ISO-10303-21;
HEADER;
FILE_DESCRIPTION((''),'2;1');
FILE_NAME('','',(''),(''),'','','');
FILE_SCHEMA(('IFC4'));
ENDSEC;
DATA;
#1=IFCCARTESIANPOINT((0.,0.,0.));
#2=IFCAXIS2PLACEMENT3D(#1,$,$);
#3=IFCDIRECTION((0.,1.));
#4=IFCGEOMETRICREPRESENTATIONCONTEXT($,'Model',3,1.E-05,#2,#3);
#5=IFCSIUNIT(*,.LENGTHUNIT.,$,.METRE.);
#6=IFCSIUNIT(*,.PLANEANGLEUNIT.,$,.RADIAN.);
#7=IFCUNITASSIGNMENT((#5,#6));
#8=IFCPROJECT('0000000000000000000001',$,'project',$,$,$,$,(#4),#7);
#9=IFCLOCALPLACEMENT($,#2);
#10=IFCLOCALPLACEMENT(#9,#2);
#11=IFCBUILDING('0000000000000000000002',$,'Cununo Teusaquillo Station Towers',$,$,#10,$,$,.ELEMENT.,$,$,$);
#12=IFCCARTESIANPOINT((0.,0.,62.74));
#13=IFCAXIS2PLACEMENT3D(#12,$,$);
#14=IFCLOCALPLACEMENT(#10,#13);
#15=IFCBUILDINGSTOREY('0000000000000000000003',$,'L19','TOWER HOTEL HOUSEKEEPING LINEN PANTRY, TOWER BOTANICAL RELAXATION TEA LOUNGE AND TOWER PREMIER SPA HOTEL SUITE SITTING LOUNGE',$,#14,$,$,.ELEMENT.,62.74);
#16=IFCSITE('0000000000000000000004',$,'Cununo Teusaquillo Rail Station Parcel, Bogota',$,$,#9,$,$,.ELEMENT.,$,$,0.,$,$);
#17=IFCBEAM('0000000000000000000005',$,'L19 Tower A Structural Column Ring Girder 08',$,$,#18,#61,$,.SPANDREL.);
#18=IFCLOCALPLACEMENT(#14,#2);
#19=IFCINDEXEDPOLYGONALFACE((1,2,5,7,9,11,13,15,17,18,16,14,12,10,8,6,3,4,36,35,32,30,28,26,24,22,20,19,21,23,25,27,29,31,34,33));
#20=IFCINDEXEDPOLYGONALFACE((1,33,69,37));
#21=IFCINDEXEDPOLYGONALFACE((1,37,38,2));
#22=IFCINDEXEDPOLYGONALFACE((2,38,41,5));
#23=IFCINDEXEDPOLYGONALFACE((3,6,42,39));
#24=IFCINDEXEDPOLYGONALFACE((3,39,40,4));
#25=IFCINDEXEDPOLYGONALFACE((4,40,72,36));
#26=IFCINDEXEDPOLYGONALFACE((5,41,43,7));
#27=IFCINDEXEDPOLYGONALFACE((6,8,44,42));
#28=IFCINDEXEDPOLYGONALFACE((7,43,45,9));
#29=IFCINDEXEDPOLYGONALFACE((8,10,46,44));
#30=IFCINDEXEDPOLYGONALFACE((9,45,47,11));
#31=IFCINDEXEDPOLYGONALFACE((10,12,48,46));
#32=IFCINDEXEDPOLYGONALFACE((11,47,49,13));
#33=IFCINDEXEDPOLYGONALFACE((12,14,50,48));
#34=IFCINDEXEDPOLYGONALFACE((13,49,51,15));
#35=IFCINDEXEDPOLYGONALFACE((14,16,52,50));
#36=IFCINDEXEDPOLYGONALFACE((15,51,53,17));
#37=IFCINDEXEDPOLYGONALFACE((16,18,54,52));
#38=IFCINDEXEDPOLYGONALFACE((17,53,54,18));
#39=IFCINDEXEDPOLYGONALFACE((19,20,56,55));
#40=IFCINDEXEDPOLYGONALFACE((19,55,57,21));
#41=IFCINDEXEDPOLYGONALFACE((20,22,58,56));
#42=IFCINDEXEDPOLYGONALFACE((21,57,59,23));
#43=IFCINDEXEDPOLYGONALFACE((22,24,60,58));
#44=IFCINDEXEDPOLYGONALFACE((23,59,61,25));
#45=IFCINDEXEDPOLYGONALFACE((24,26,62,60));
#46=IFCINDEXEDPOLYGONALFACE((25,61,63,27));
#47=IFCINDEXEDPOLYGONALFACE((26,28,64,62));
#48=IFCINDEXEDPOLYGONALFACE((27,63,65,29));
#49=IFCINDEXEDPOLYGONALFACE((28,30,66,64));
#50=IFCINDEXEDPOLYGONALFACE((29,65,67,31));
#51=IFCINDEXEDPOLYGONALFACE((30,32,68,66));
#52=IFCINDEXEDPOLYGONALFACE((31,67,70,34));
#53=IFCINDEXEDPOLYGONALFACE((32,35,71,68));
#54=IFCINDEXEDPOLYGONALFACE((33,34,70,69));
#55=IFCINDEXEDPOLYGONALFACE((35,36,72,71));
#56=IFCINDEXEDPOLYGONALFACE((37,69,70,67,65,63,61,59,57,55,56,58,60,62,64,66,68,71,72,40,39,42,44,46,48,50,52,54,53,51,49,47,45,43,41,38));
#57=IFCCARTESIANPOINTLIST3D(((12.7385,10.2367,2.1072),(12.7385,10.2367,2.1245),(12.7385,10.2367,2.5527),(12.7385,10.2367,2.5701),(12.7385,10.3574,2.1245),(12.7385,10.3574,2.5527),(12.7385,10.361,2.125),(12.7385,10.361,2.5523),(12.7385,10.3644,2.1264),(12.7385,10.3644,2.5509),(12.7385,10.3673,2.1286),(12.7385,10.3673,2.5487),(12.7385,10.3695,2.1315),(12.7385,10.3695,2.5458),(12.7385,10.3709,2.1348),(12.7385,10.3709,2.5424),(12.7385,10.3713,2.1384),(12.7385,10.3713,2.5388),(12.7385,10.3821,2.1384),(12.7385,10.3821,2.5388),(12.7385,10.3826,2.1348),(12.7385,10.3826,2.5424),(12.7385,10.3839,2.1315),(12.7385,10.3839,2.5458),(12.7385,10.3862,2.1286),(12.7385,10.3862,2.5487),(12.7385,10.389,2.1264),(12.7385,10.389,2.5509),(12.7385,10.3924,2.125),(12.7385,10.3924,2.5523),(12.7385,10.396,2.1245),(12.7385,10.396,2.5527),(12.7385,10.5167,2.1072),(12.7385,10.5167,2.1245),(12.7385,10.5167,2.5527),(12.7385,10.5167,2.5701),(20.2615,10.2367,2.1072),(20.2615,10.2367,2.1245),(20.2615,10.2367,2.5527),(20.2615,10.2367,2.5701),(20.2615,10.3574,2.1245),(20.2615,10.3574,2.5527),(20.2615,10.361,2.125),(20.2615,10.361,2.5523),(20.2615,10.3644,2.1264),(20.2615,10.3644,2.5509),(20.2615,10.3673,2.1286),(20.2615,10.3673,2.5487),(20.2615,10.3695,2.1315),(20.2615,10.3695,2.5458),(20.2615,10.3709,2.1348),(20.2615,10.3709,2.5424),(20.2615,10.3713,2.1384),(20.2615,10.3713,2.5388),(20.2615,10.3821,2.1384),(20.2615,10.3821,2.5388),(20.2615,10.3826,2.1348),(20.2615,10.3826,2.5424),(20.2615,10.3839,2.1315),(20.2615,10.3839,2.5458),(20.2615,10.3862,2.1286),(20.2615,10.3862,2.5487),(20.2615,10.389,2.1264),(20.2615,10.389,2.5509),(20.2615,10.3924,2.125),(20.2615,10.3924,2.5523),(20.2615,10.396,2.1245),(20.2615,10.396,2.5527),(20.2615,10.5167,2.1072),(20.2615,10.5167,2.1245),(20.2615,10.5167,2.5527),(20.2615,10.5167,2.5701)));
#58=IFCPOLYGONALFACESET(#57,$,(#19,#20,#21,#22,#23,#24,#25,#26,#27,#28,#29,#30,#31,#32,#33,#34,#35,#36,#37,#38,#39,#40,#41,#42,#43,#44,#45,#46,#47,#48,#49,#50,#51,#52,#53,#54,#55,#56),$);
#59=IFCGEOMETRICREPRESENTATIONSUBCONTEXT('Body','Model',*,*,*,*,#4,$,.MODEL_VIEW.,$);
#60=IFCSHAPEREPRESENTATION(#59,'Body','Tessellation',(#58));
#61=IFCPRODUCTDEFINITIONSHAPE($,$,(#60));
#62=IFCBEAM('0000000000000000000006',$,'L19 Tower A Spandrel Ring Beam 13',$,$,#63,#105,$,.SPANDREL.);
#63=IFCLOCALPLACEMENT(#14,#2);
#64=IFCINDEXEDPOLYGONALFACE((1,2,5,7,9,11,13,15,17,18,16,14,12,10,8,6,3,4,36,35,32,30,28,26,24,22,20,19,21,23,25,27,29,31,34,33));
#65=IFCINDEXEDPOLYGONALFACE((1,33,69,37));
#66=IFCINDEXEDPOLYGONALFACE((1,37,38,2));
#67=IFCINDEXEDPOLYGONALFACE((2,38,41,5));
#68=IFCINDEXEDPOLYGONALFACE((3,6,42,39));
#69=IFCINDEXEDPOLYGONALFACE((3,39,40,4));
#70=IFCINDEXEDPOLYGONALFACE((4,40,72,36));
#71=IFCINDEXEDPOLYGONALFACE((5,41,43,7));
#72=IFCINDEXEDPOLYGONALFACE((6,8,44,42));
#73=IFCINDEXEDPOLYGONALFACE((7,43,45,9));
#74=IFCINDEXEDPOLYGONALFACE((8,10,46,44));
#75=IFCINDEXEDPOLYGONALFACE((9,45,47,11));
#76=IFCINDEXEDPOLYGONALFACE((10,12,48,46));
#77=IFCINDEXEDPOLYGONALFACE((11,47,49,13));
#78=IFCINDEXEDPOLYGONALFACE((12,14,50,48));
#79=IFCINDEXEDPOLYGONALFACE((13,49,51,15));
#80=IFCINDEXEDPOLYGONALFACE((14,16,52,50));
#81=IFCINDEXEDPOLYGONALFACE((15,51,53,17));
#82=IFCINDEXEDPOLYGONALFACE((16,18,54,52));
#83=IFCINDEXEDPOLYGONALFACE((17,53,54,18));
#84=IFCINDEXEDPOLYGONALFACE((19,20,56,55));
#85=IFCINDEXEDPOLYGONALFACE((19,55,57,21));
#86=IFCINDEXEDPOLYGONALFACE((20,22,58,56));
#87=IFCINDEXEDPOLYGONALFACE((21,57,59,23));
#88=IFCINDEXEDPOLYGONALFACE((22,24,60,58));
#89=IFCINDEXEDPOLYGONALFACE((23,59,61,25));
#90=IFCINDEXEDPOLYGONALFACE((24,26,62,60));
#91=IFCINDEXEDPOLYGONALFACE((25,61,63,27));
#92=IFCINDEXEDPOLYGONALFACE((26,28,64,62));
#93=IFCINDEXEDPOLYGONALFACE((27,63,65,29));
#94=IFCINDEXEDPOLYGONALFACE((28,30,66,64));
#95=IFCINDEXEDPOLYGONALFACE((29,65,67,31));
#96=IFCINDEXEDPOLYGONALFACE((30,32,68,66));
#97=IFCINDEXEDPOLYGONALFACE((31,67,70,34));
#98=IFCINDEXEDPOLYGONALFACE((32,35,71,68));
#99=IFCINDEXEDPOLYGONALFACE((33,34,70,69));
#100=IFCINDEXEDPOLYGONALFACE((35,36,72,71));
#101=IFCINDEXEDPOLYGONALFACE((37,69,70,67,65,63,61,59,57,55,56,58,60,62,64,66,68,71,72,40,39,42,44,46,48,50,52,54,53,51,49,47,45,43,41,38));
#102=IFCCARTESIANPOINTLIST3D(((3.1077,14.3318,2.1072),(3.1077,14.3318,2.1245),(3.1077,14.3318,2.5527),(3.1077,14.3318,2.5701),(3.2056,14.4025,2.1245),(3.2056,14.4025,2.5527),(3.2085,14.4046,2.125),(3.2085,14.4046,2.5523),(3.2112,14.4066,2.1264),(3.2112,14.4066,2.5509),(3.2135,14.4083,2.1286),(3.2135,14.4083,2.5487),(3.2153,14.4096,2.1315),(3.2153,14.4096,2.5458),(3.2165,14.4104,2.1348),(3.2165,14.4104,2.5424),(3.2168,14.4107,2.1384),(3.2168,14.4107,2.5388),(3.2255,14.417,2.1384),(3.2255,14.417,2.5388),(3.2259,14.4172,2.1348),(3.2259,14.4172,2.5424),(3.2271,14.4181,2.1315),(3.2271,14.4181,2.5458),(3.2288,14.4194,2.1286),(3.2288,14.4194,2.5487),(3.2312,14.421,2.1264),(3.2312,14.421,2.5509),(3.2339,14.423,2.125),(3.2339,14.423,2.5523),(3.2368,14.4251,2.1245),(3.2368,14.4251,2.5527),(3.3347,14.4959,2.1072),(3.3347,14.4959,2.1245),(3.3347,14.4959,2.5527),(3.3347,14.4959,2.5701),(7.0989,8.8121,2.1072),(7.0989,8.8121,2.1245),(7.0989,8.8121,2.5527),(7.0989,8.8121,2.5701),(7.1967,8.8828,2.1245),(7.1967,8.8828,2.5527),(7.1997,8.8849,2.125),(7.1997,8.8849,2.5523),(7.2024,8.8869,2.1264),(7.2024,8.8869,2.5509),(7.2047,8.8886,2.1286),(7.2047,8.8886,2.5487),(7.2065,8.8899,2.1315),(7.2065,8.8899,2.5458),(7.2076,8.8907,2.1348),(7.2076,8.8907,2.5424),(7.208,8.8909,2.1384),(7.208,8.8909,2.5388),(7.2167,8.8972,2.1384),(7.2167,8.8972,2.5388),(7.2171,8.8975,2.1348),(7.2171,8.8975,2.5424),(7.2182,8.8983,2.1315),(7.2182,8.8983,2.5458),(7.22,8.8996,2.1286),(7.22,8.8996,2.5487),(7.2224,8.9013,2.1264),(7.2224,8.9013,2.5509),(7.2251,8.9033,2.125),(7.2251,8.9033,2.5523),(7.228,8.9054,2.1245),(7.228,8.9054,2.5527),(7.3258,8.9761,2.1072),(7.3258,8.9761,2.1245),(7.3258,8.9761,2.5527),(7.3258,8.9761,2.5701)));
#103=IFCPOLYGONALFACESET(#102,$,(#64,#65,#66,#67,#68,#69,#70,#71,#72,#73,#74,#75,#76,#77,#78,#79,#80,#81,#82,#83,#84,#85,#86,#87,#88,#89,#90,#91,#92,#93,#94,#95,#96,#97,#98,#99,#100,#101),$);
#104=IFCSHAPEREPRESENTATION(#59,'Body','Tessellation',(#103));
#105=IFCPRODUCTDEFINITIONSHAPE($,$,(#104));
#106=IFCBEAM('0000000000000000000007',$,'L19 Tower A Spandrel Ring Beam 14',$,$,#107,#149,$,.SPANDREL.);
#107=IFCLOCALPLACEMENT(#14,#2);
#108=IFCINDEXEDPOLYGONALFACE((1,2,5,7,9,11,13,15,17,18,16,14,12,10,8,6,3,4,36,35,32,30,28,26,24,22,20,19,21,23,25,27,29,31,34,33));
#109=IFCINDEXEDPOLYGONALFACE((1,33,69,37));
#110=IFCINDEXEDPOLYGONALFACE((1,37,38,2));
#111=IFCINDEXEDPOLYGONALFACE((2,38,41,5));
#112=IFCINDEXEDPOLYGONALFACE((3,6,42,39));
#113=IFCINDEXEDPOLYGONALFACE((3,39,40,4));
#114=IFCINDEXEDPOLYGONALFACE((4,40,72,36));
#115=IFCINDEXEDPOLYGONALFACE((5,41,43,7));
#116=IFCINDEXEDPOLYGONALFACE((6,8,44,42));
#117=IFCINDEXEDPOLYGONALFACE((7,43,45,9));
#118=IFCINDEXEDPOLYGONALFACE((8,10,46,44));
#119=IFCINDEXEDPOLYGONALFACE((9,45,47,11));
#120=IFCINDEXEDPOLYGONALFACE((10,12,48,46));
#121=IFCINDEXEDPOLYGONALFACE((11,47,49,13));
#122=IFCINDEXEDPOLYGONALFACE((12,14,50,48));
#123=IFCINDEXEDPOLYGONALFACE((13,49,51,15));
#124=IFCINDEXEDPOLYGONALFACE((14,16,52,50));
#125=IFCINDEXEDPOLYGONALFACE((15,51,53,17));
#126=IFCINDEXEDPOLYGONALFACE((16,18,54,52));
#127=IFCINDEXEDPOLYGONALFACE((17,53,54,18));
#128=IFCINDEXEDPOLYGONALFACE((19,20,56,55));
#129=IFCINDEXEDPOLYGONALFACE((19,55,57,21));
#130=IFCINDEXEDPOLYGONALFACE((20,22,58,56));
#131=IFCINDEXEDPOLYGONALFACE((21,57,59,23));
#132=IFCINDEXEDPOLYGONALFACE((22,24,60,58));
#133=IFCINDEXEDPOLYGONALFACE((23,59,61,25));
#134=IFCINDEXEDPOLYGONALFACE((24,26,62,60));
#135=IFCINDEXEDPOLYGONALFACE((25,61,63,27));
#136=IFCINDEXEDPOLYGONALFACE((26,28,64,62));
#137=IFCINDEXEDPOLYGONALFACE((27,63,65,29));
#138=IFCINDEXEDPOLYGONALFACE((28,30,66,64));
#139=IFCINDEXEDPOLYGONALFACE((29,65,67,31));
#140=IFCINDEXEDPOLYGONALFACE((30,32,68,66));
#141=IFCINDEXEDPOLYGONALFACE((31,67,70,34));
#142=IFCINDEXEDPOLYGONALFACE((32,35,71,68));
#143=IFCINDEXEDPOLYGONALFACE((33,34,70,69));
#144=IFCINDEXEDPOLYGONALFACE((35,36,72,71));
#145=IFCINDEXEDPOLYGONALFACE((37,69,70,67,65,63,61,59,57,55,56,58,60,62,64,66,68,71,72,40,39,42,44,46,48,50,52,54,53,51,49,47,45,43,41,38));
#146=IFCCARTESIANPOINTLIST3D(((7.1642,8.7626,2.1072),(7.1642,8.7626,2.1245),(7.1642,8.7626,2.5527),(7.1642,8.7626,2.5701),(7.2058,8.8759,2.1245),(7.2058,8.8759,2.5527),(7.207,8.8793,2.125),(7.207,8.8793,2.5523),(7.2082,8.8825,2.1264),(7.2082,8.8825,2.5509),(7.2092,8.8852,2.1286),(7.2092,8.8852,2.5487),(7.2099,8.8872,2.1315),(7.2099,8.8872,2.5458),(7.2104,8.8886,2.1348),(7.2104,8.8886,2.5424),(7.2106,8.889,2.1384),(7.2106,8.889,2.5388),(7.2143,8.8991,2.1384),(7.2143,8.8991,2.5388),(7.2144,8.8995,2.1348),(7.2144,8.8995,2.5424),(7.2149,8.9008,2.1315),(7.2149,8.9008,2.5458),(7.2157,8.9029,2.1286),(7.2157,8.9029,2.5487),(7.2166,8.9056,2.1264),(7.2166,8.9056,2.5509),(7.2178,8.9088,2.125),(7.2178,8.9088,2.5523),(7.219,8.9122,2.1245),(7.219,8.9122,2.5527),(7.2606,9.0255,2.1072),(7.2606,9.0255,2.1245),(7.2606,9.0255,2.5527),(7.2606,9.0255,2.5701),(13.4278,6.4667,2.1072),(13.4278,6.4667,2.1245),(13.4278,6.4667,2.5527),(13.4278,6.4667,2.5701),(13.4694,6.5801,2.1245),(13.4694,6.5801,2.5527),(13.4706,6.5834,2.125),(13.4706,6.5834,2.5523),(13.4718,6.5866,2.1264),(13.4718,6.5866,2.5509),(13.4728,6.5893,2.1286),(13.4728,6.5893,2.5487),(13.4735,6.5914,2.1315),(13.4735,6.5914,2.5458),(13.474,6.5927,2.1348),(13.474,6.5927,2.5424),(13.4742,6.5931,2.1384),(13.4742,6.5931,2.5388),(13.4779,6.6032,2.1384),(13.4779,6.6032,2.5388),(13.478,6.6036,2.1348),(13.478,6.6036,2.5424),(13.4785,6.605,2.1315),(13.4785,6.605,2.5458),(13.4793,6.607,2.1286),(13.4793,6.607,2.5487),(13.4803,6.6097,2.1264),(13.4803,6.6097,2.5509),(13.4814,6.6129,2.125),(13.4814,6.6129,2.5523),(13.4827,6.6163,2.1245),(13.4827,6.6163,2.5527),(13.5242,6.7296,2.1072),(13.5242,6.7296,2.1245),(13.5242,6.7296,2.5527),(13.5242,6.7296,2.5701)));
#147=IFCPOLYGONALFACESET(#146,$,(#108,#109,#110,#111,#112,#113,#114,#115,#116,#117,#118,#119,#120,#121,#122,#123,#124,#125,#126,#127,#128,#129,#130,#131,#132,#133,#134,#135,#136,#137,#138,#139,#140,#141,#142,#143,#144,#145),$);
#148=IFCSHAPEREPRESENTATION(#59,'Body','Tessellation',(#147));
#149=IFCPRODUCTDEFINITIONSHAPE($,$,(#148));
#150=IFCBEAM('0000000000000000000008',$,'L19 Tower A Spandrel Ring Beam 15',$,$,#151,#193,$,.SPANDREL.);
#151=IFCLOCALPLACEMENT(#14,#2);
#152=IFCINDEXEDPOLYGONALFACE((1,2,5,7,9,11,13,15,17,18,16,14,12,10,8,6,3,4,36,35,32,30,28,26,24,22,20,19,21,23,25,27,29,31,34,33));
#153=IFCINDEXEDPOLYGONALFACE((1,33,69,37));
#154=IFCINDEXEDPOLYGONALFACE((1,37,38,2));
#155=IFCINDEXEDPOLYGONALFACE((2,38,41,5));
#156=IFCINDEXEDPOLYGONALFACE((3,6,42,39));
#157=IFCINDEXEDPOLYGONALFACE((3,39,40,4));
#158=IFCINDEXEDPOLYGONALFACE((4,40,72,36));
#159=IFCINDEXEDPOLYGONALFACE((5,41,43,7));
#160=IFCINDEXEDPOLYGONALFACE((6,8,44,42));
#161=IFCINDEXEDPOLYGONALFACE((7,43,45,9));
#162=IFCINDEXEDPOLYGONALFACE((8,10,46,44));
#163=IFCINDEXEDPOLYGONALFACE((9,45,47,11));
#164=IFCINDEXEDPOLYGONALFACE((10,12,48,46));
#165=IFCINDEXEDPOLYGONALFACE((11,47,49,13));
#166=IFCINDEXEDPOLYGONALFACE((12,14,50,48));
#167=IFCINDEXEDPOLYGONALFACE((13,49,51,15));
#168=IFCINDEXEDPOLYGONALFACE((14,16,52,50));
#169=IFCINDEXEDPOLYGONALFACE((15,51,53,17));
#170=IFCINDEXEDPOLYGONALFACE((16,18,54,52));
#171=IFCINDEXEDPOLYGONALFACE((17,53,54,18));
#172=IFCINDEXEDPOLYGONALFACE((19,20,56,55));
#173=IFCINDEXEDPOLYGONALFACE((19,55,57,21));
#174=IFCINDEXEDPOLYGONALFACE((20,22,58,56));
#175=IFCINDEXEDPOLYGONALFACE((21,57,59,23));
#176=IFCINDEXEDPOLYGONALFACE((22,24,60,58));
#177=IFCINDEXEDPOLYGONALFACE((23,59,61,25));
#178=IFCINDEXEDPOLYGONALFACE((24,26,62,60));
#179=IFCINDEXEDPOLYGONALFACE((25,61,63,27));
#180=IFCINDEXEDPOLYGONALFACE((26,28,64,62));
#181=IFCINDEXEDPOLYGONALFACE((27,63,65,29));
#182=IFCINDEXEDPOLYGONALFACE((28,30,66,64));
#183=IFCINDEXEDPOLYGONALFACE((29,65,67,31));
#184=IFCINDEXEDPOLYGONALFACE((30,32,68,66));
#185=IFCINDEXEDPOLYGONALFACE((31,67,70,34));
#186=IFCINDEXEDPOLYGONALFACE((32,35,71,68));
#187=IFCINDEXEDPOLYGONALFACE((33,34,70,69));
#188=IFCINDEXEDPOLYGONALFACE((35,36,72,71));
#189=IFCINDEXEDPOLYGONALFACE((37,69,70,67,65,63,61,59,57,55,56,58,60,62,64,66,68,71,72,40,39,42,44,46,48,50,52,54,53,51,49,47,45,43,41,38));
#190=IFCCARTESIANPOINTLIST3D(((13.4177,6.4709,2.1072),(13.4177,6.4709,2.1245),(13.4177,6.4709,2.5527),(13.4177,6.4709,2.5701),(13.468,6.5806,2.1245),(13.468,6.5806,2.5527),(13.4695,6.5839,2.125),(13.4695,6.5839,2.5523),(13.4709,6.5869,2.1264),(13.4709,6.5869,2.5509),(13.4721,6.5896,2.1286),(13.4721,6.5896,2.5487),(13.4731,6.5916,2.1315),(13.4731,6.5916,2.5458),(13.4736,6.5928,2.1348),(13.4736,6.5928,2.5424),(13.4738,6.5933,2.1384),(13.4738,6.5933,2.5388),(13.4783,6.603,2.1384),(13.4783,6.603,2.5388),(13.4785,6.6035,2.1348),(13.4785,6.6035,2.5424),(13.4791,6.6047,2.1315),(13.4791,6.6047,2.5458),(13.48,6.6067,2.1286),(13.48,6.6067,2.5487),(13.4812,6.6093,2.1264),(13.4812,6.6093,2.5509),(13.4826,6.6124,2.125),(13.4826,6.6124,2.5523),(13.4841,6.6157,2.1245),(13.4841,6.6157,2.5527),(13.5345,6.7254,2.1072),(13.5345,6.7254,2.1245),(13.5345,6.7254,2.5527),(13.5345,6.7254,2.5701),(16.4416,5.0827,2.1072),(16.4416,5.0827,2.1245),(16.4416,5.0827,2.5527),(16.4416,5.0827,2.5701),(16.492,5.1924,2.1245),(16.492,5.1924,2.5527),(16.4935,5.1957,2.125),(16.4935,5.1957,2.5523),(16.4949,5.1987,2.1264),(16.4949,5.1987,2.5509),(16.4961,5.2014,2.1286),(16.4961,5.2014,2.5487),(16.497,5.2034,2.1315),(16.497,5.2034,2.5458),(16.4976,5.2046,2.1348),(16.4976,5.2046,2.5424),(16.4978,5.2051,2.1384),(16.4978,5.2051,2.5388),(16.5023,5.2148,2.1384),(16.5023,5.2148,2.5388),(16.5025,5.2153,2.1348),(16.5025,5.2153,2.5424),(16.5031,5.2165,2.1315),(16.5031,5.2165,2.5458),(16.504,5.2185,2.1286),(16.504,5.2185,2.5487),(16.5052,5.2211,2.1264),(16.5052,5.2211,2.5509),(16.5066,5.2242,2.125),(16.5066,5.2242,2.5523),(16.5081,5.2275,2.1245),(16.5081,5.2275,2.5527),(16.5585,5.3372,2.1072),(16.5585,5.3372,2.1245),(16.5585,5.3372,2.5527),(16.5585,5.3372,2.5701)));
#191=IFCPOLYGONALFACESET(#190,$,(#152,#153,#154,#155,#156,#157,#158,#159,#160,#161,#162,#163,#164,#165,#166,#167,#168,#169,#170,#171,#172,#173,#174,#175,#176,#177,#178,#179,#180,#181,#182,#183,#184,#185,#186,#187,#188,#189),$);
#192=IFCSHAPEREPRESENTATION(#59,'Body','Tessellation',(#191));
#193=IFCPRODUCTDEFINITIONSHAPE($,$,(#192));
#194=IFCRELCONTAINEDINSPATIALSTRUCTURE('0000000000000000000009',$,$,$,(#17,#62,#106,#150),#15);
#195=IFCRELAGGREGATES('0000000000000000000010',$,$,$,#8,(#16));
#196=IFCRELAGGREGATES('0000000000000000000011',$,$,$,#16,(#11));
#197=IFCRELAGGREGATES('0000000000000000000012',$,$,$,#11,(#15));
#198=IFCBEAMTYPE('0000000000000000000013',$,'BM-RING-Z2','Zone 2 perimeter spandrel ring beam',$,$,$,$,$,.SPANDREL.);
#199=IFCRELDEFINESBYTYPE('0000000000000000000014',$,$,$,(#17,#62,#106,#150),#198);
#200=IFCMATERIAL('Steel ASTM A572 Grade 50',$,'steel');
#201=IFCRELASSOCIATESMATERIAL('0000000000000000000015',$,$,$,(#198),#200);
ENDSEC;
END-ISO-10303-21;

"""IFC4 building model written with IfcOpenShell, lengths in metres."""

from ifc_helpers import new_model, si_unit, direction, frame, origin, origin_2d, place, context, subcontext, project, spatial, i_section, extrude, material, material_profile, profile_set, type_object, element, save


model = new_model("IFC4")

# Units and contexts
model_context = context("Model", 3, precision=1e-05, world=origin(), true_north=direction((0.0, 1.0)))
body_context = subcontext(model_context, "Body", "Model", "MODEL_VIEW")
ifc_project = project(units=[si_unit("LENGTHUNIT", "METRE"), si_unit("PLANEANGLEUNIT", "RADIAN")], contexts=[model_context])

# Site, building, storey
site_placement = place(None, origin())
site = spatial("IfcSite", under=ifc_project, at=site_placement, Name="Cununo Teusaquillo Rail Station Parcel, Bogota", CompositionType="ELEMENT", RefElevation=0.0)
building_placement = place(site_placement, origin())
building = spatial("IfcBuilding", under=site, at=building_placement, Name="Cununo Teusaquillo Station Towers", CompositionType="ELEMENT")
storey_placement = place(building_placement, frame((0.0, 0.0, 62.74)))
storey = spatial("IfcBuildingStorey", under=building, at=storey_placement, Name="L19", Description="TOWER HOTEL HOUSEKEEPING LINEN PANTRY, TOWER BOTANICAL RELAXATION TEA LOUNGE AND TOWER PREMIER SPA HOTEL SUITE SITTING LOUNGE", CompositionType="ELEMENT", Elevation=62.74)

# Beams
ifc_material_1 = material(Name="Steel ASTM A572 Grade 50", Category="steel")
ifc_material_profile_1 = material_profile(ifc_material_1, i_section(OverallWidth=0.28, OverallDepth=0.4629, WebThickness=0.0107, FlangeThickness=0.0173, FilletRadius=0.0139, at=origin_2d()), Name="W18X76")
ifc_profile_set_1 = profile_set([ifc_material_profile_1], Name="Steel ASTM A572 Grade 50")
beam_type = type_object("IfcBeamType", Name="BM-RING-Z2", Description="Zone 2 perimeter spandrel ring beam", PredefinedType="SPANDREL", material=ifc_profile_set_1)
beam_1_placement = place(storey_placement, frame((12.7385, 10.3767, 2.3386), z_axis=(1.0, 0.0, 0.0), x_axis=(0.0, 1.0, 0.0)))
element("IfcBeam", 1, at=beam_1_placement, inside=storey, type_object=beam_type, Name="L19 Tower A Structural Column Ring Girder 08", PredefinedType="SPANDREL", context=body_context, shape_type="SweptSolid", body=[
    extrude(i_section(OverallWidth=0.28, OverallDepth=0.4629, WebThickness=0.0107, FlangeThickness=0.0173, FilletRadius=0.0139, at=origin_2d()), origin(), (0.0, 0.0, 1.0), 7.5229),
])
beam_2_placement = place(storey_placement, frame((3.2212, 14.4138, 2.3386), z_axis=(0.585945, -0.810351, 0.0), x_axis=(0.810351, 0.585945, 0.0)))
element("IfcBeam", 2, at=beam_2_placement, inside=storey, type_object=beam_type, Name="L19 Tower A Spandrel Ring Beam 13", PredefinedType="SPANDREL", context=body_context, shape_type="SweptSolid", body=[
    extrude(i_section(OverallWidth=0.28, OverallDepth=0.4629, WebThickness=0.0107, FlangeThickness=0.0173, FilletRadius=0.0139, at=origin_2d()), origin(), (0.0, 0.0, 1.0), 6.8115),
])
beam_3_placement = place(storey_placement, frame((7.2124, 8.894, 2.3386), z_axis=(0.938914, -0.344151, 0.0), x_axis=(0.344151, 0.938914, 0.0)))
element("IfcBeam", 3, at=beam_3_placement, inside=storey, type_object=beam_type, Name="L19 Tower A Spandrel Ring Beam 14", PredefinedType="SPANDREL", context=body_context, shape_type="SweptSolid", body=[
    extrude(i_section(OverallWidth=0.28, OverallDepth=0.4629, WebThickness=0.0107, FlangeThickness=0.0173, FilletRadius=0.0139, at=origin_2d()), origin(), (0.0, 0.0, 1.0), 6.6711),
])
beam_4_placement = place(storey_placement, frame((13.4761, 6.5981, 2.3386), z_axis=(0.908812, -0.417205, 0.0), x_axis=(0.417205, 0.908812, 0.0)))
element("IfcBeam", 4, at=beam_4_placement, inside=storey, type_object=beam_type, Name="L19 Tower A Spandrel Ring Beam 15", PredefinedType="SPANDREL", context=body_context, shape_type="SweptSolid", body=[
    extrude(i_section(OverallWidth=0.28, OverallDepth=0.4629, WebThickness=0.0107, FlangeThickness=0.0173, FilletRadius=0.0139, at=origin_2d()), origin(), (0.0, 0.0, 1.0), 3.3274),
])

save(model, "model.ifc")
